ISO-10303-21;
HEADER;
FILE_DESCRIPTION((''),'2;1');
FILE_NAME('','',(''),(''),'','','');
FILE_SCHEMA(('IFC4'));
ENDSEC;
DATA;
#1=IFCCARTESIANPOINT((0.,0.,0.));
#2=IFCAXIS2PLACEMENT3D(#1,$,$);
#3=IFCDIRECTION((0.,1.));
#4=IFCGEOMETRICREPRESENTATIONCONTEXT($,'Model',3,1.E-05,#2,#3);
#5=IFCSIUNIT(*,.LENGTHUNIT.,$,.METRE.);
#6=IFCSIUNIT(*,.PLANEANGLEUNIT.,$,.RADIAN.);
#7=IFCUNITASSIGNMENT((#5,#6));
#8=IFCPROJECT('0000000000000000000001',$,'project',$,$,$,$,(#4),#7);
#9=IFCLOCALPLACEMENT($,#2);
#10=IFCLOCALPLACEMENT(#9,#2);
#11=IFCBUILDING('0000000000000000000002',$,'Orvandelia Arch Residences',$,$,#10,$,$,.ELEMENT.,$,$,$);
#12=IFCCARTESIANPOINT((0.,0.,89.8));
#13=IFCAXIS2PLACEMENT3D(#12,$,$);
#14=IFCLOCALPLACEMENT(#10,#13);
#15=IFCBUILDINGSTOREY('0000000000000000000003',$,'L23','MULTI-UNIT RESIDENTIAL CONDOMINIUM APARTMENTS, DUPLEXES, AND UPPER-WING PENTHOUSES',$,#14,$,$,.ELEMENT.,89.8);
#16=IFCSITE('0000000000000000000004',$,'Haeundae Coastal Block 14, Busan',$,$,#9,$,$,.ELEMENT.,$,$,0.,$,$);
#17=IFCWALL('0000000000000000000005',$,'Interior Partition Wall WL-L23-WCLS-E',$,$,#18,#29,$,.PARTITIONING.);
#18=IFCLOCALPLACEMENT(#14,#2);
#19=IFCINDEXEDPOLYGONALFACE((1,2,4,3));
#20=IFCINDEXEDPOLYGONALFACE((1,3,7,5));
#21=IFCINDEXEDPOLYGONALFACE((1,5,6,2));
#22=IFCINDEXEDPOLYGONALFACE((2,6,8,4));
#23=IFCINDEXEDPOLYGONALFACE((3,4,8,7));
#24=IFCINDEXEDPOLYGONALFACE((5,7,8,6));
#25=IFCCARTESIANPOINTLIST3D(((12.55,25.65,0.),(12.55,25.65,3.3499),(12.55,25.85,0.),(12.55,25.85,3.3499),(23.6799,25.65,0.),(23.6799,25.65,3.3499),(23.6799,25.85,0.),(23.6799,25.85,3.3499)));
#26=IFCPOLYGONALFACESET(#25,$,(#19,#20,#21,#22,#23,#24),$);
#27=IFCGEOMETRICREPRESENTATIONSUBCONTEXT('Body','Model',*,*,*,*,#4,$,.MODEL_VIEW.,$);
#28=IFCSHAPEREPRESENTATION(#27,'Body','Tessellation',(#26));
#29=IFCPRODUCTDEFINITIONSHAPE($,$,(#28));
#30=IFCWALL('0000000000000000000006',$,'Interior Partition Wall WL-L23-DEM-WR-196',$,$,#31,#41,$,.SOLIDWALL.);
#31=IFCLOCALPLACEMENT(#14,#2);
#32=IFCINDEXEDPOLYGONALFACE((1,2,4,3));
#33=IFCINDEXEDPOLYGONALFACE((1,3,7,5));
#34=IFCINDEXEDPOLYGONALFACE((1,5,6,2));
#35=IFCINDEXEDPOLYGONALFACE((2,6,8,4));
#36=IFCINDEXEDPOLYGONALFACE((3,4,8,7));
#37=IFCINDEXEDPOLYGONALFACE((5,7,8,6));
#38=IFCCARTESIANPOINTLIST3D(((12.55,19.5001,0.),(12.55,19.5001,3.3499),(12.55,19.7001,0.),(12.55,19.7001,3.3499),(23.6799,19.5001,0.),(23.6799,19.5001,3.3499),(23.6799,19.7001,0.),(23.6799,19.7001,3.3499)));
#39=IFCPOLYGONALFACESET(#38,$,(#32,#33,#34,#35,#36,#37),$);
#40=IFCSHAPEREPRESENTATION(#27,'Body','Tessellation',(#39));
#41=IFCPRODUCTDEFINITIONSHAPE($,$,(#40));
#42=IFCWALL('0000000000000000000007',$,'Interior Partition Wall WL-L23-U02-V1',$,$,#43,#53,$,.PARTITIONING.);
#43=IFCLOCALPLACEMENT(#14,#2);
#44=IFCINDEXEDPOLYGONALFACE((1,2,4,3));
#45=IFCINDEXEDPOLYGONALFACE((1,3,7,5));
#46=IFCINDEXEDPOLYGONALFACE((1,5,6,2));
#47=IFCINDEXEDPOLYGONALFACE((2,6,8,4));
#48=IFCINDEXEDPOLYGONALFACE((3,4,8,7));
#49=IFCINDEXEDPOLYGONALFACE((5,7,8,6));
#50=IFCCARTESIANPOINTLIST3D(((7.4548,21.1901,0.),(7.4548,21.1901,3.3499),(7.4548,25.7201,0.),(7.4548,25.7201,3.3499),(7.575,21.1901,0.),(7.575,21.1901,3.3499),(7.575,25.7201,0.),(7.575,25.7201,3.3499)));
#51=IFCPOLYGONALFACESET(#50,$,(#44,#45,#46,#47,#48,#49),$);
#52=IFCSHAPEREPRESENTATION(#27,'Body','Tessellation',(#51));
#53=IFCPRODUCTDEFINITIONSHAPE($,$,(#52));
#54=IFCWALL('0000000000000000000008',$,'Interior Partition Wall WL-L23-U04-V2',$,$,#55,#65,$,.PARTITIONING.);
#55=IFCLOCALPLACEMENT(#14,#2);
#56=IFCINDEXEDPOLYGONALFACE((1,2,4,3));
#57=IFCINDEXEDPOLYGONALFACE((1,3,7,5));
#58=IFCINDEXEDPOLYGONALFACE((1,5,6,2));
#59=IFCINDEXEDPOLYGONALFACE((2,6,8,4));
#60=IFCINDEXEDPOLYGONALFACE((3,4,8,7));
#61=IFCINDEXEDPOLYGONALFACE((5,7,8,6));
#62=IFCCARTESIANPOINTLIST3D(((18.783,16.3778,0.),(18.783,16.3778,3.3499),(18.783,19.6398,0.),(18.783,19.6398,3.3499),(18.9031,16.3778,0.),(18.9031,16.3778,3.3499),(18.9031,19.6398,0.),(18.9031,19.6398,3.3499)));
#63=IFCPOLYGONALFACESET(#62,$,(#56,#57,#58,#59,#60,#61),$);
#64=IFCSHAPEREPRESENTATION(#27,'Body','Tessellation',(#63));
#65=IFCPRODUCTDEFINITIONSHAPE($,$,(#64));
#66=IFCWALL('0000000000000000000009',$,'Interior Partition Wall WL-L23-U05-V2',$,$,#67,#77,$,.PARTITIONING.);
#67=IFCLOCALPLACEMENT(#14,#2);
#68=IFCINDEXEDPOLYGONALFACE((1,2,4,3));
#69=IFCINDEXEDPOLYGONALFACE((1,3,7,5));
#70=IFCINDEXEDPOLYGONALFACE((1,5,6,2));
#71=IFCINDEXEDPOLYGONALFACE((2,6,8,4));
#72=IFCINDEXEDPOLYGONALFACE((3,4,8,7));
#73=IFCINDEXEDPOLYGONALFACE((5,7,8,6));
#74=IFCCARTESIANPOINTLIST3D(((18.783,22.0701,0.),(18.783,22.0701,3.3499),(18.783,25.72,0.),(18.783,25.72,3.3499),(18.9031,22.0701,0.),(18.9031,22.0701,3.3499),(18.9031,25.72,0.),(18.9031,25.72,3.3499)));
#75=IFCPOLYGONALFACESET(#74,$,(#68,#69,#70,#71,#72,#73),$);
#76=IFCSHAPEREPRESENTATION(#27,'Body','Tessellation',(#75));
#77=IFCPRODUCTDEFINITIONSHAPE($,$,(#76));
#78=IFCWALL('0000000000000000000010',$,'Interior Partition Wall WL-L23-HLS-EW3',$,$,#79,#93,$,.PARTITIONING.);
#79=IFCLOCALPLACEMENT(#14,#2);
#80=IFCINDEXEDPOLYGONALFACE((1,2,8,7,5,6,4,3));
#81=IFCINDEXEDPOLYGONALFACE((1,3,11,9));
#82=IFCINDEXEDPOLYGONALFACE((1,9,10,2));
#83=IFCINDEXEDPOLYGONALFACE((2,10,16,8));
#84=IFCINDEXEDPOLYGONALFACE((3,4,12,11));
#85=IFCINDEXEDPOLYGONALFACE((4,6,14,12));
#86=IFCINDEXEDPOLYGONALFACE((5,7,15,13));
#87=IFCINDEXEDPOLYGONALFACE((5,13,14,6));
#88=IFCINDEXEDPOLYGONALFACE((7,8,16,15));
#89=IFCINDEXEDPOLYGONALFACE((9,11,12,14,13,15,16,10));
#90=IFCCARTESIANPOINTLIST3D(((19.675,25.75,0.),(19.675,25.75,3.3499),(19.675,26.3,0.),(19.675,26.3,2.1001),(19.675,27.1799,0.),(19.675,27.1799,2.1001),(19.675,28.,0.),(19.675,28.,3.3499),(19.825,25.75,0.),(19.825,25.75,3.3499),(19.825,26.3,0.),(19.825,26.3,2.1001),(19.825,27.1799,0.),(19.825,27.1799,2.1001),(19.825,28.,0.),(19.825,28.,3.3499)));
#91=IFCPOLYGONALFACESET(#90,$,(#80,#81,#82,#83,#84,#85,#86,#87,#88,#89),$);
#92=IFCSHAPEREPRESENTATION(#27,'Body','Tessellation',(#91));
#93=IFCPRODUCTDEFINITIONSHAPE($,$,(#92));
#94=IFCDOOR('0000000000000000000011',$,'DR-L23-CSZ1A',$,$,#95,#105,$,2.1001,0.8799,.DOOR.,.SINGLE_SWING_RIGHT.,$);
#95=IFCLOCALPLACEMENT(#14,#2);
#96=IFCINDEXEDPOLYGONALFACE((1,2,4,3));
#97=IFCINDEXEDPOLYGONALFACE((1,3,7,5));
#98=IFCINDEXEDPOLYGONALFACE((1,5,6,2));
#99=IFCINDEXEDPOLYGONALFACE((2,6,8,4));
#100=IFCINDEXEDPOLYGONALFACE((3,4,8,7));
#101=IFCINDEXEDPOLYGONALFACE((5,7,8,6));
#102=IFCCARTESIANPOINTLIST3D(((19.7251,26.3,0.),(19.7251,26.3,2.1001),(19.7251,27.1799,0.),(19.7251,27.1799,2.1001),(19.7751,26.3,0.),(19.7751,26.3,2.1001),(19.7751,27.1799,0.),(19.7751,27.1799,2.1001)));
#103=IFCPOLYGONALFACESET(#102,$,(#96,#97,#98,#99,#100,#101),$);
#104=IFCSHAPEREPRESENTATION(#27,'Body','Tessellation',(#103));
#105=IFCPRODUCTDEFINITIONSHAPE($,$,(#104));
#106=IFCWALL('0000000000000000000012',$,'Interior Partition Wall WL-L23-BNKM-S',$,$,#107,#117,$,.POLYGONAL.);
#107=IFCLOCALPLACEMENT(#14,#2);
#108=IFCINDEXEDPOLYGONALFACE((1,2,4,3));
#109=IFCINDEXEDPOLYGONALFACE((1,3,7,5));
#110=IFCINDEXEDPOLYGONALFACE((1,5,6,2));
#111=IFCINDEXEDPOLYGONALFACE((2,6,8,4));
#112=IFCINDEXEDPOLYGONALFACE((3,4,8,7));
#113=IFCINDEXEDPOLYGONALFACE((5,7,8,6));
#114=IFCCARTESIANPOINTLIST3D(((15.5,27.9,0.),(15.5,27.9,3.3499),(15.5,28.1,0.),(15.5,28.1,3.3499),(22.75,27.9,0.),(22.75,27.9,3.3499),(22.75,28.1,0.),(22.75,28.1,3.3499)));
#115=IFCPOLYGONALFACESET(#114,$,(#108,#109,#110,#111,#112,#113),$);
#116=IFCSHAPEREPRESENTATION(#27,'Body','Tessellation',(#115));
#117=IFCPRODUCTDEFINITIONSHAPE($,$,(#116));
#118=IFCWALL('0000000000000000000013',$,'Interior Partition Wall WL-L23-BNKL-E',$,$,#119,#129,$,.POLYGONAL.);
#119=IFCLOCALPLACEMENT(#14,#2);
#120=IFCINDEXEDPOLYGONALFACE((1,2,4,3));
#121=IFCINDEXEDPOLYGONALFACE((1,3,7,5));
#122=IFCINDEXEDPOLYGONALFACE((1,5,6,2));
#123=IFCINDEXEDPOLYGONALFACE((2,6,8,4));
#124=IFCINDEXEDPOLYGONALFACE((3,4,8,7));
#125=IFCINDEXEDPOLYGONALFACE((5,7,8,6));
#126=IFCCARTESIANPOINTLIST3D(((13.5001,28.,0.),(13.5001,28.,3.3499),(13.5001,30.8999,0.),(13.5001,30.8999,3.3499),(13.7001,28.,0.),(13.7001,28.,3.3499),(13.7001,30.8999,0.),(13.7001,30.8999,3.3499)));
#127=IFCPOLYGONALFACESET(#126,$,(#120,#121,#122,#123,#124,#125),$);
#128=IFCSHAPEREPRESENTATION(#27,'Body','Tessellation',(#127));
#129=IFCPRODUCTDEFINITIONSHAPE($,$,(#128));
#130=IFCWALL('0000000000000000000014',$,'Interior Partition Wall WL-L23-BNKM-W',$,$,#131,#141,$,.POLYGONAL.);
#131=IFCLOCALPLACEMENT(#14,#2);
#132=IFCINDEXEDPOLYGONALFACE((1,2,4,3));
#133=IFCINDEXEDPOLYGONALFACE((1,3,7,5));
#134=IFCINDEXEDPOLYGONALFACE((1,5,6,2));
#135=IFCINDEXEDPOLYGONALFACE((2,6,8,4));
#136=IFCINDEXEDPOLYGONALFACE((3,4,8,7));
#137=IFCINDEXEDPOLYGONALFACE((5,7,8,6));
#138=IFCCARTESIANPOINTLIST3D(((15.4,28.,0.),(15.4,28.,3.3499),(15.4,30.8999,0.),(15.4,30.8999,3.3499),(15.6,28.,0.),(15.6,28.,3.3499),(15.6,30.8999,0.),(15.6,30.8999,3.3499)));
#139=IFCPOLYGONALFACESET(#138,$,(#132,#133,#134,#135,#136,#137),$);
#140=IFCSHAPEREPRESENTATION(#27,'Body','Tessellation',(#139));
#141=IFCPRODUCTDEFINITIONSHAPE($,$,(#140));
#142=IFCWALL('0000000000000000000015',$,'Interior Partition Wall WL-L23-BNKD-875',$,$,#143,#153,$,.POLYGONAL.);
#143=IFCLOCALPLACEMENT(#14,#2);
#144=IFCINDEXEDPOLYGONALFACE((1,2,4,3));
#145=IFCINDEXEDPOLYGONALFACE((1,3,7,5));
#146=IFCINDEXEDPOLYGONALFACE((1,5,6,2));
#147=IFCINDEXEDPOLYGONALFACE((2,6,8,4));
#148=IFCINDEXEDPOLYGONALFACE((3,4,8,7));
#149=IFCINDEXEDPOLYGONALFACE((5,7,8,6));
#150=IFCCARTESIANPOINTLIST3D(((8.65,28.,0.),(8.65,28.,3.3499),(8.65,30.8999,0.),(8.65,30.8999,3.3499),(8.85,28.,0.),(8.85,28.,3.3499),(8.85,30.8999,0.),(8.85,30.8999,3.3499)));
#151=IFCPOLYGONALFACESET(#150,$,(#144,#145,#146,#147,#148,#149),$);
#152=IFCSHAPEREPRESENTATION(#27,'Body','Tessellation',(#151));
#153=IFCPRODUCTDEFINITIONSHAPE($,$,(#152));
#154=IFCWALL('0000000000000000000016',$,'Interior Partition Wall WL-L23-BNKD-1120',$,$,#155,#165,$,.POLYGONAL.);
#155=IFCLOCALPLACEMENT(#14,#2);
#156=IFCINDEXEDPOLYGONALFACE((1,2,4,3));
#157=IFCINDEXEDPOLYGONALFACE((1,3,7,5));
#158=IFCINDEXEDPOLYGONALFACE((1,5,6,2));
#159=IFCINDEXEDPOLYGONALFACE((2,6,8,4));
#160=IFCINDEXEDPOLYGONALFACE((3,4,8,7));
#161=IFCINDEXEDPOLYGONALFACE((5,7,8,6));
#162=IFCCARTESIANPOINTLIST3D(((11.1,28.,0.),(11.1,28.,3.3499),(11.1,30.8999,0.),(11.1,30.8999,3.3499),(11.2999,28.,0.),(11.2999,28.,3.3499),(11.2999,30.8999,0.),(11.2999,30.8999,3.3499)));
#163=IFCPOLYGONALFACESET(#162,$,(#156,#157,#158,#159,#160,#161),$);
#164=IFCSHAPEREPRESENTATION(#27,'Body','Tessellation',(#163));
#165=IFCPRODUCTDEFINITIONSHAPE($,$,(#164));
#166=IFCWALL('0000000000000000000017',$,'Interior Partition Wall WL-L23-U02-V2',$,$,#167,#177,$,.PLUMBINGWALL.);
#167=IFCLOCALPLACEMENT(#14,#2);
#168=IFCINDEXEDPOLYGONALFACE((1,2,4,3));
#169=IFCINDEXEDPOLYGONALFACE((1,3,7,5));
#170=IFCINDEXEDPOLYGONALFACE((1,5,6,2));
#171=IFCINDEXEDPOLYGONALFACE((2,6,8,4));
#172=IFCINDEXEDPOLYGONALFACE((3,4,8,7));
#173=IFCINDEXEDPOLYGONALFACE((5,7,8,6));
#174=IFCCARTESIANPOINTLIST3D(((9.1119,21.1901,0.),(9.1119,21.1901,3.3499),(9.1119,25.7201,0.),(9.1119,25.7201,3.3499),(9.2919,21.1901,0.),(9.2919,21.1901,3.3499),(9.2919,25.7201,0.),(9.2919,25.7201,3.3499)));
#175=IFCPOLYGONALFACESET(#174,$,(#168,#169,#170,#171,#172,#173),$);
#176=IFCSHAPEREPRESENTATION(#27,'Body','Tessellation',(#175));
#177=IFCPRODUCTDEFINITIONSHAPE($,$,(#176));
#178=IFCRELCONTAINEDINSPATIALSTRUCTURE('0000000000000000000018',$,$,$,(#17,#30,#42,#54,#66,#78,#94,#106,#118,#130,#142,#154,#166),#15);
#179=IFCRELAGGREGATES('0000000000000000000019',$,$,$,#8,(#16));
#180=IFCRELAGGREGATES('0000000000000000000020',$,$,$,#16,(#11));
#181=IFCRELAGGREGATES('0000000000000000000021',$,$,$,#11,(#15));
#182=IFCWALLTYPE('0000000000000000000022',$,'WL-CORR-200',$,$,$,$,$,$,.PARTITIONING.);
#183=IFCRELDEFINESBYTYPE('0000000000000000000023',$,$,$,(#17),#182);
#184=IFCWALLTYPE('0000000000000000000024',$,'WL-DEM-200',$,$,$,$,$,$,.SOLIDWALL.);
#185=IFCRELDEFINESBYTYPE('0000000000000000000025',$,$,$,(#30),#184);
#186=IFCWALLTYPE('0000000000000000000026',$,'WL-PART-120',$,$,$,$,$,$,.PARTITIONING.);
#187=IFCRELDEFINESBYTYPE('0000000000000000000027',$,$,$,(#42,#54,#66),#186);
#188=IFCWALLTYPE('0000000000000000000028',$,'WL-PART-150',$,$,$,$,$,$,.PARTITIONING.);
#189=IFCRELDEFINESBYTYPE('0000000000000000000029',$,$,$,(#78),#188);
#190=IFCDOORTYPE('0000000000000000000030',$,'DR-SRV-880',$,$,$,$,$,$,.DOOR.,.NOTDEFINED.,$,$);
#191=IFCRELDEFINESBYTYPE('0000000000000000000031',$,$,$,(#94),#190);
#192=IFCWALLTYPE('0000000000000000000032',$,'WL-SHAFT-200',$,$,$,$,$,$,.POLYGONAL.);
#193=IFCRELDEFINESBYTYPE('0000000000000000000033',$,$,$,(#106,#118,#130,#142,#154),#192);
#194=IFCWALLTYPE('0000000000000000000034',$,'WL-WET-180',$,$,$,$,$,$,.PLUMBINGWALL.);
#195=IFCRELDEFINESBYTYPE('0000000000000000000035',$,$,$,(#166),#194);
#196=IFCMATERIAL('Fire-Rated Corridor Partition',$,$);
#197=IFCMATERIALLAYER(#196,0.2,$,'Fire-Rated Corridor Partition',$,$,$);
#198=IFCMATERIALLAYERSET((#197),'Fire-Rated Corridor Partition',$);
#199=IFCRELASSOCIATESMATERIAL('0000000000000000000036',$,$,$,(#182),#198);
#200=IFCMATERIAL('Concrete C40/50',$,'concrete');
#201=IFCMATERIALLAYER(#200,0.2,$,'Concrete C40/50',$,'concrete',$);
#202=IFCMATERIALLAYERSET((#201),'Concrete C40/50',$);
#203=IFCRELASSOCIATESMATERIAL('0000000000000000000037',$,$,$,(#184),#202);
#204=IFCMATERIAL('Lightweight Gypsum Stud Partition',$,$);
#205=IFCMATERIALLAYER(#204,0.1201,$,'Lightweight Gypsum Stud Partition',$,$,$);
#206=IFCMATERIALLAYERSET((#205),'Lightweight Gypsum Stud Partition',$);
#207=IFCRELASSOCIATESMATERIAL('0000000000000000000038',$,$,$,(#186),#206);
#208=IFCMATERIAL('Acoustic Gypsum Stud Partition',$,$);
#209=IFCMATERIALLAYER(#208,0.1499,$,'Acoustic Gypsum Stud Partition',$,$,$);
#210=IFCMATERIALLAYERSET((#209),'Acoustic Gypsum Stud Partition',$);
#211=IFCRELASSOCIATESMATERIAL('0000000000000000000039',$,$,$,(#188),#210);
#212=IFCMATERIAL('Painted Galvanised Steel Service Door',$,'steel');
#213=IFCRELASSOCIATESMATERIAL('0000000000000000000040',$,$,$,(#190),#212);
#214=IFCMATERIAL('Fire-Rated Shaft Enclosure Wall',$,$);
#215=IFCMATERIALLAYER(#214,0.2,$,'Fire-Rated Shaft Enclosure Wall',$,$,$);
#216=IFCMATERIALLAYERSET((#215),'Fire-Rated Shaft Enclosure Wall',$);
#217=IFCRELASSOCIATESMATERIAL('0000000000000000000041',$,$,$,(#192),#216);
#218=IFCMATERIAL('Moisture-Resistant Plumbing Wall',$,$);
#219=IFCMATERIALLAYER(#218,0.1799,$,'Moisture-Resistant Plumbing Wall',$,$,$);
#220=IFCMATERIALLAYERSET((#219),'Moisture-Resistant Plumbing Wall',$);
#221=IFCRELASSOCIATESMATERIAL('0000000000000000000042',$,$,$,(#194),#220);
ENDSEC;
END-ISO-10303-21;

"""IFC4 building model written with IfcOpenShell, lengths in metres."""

from ifc_helpers import new_model, si_unit, direction, frame, frame_2d, origin, place, context, subcontext, project, spatial, rectangle, extrude, material, layer, layer_set, type_object, element, fill, save


model = new_model("IFC4")

# Units and contexts
model_context = context("Model", 3, precision=1e-05, world=origin(), true_north=direction((0.0, 1.0)))
body_context = subcontext(model_context, "Body", "Model", "MODEL_VIEW")
ifc_project = project(units=[si_unit("LENGTHUNIT", "METRE"), si_unit("PLANEANGLEUNIT", "RADIAN")], contexts=[model_context])

# Site, building, storey
site_placement = place(None, origin())
site = spatial("IfcSite", under=ifc_project, at=site_placement, Name="Haeundae Coastal Block 14, Busan", CompositionType="ELEMENT", RefElevation=0.0)
building_placement = place(site_placement, origin())
building = spatial("IfcBuilding", under=site, at=building_placement, Name="Orvandelia Arch Residences", CompositionType="ELEMENT")
storey_placement = place(building_placement, frame((0.0, 0.0, 89.8)))
storey = spatial("IfcBuildingStorey", under=building, at=storey_placement, Name="L23", Description="MULTI-UNIT RESIDENTIAL CONDOMINIUM APARTMENTS, DUPLEXES, AND UPPER-WING PENTHOUSES", CompositionType="ELEMENT", Elevation=89.8)

# Walls
ifc_material_1 = material(Name="Fire-Rated Corridor Partition")
ifc_layer_1 = layer(ifc_material_1, 0.2, Name="Fire-Rated Corridor Partition")
ifc_layer_set_1 = layer_set([ifc_layer_1], Name="Fire-Rated Corridor Partition")
wall_type_1 = type_object("IfcWallType", Name="WL-CORR-200", PredefinedType="PARTITIONING", material=ifc_layer_set_1)
wall_1_placement = place(storey_placement, frame((12.55, 25.75, 0.0), z_axis=(0.0, 0.0, 1.0), x_axis=(1.0, 0.0, 0.0)))
element("IfcWall", 1, at=wall_1_placement, inside=storey, type_object=wall_type_1, Name="Interior Partition Wall WL-L23-WCLS-E", PredefinedType="PARTITIONING", context=body_context, shape_type="SweptSolid", body=[
    extrude(rectangle(XDim=11.1299, YDim=0.2, at=frame_2d((5.5649, 0.0))), origin(), (0.0, 0.0, 1.0), 3.3499),
])
ifc_material_2 = material(Name="Concrete C40/50", Category="concrete")
ifc_layer_2 = layer(ifc_material_2, 0.2, Name="Concrete C40/50", Category="concrete")
ifc_layer_set_2 = layer_set([ifc_layer_2], Name="Concrete C40/50")
wall_type_2 = type_object("IfcWallType", Name="WL-DEM-200", PredefinedType="SOLIDWALL", material=ifc_layer_set_2)
wall_2_placement = place(storey_placement, frame((12.55, 19.6001, 0.0), z_axis=(0.0, 0.0, 1.0), x_axis=(1.0, 0.0, 0.0)))
element("IfcWall", 2, at=wall_2_placement, inside=storey, type_object=wall_type_2, Name="Interior Partition Wall WL-L23-DEM-WR-196", PredefinedType="SOLIDWALL", context=body_context, shape_type="SweptSolid", body=[
    extrude(rectangle(XDim=11.1299, YDim=0.2, at=frame_2d((5.5649, 0.0))), origin(), (0.0, 0.0, 1.0), 3.3499),
])
ifc_material_3 = material(Name="Lightweight Gypsum Stud Partition")
ifc_layer_3 = layer(ifc_material_3, 0.1201, Name="Lightweight Gypsum Stud Partition")
ifc_layer_set_3 = layer_set([ifc_layer_3], Name="Lightweight Gypsum Stud Partition")
wall_type_3 = type_object("IfcWallType", Name="WL-PART-120", PredefinedType="PARTITIONING", material=ifc_layer_set_3)
wall_3_placement = place(storey_placement, frame((7.5149, 21.1899, 0.0), z_axis=(0.0, 0.0, 1.0), x_axis=(0.0, 1.0, 0.0)))
element("IfcWall", 3, at=wall_3_placement, inside=storey, type_object=wall_type_3, Name="Interior Partition Wall WL-L23-U02-V1", PredefinedType="PARTITIONING", context=body_context, shape_type="SweptSolid", body=[
    extrude(rectangle(XDim=4.53, YDim=0.1201, at=frame_2d((2.2651, 0.0))), origin(), (0.0, 0.0, 1.0), 3.3499),
])
wall_4_placement = place(storey_placement, frame((18.843, 16.3779, 0.0), z_axis=(0.0, 0.0, 1.0), x_axis=(0.0, 1.0, 0.0)))
element("IfcWall", 4, at=wall_4_placement, inside=storey, type_object=wall_type_3, Name="Interior Partition Wall WL-L23-U04-V2", PredefinedType="PARTITIONING", context=body_context, shape_type="SweptSolid", body=[
    extrude(rectangle(XDim=3.262, YDim=0.1201, at=frame_2d((1.6309, 0.0))), origin(), (0.0, 0.0, 1.0), 3.3499),
])
wall_5_placement = place(storey_placement, frame((18.843, 22.0701, 0.0), z_axis=(0.0, 0.0, 1.0), x_axis=(0.0, 1.0, 0.0)))
element("IfcWall", 5, at=wall_5_placement, inside=storey, type_object=wall_type_3, Name="Interior Partition Wall WL-L23-U05-V2", PredefinedType="PARTITIONING", context=body_context, shape_type="SweptSolid", body=[
    extrude(rectangle(XDim=3.6499, YDim=0.1201, at=frame_2d((1.825, 0.0))), origin(), (0.0, 0.0, 1.0), 3.3499),
])

# Wall, opening, door
ifc_material_4 = material(Name="Acoustic Gypsum Stud Partition")
ifc_layer_4 = layer(ifc_material_4, 0.1499, Name="Acoustic Gypsum Stud Partition")
ifc_layer_set_4 = layer_set([ifc_layer_4], Name="Acoustic Gypsum Stud Partition")
wall_type_4 = type_object("IfcWallType", Name="WL-PART-150", PredefinedType="PARTITIONING", material=ifc_layer_set_4)
wall_6_placement = place(storey_placement, frame((19.75, 25.75, 0.0), z_axis=(0.0, 0.0, 1.0), x_axis=(0.0, 1.0, 0.0)))
wall_6 = element("IfcWall", 6, at=wall_6_placement, inside=storey, type_object=wall_type_4, Name="Interior Partition Wall WL-L23-HLS-EW3", PredefinedType="PARTITIONING", context=body_context, shape_type="SweptSolid", body=[
    extrude(rectangle(XDim=2.25, YDim=0.1499, at=frame_2d((1.125, 0.0))), origin(), (0.0, 0.0, 1.0), 3.3499),
])
opening_1_placement = place(wall_6_placement, frame((0.55, 0.0, 0.0)))
opening_1 = element("IfcOpeningElement", 7, at=opening_1_placement, cuts=wall_6, PredefinedType="OPENING", context=body_context, shape_type="SweptSolid", body=[
    extrude(rectangle(XDim=0.8799, YDim=2.1001, at=frame_2d((0.4399, 1.05))), frame((0.0, 0.085, 0.0), z_axis=(0.0, -1.0, 0.0), x_axis=(1.0, 0.0, 0.0)), (0.0, 0.0, 1.0), 0.1699),
])
ifc_material_5 = material(Name="Painted Galvanised Steel Service Door", Category="steel")
door_type_1 = type_object("IfcDoorType", Name="DR-SRV-880", OperationType="NOTDEFINED", PredefinedType="DOOR", material=ifc_material_5)
door_1_placement = place(opening_1_placement, origin())
door_1 = element("IfcDoor", 8, at=door_1_placement, inside=storey, type_object=door_type_1, Name="DR-L23-CSZ1A", OperationType="SINGLE_SWING_RIGHT", OverallHeight=2.1001, OverallWidth=0.8799, PredefinedType="DOOR", context=body_context, shape_type="SweptSolid", body=[
    extrude(rectangle(XDim=0.8799, YDim=2.1001, at=frame_2d((0.4399, 1.05))), frame((0.0, 0.0249, 0.0), z_axis=(0.0, -1.0, 0.0), x_axis=(1.0, 0.0, 0.0)), (0.0, 0.0, 1.0), 0.05),
])
fill(opening_1, door_1)

# Shared definitions
ifc_material_6 = material(Name="Fire-Rated Shaft Enclosure Wall")
ifc_layer_5 = layer(ifc_material_6, 0.2, Name="Fire-Rated Shaft Enclosure Wall")
ifc_layer_set_5 = layer_set([ifc_layer_5], Name="Fire-Rated Shaft Enclosure Wall")
wall_type_5 = type_object("IfcWallType", Name="WL-SHAFT-200", PredefinedType="POLYGONAL", material=ifc_layer_set_5)

# Walls
wall_7_placement = place(storey_placement, frame((15.5, 28.0, 0.0), z_axis=(0.0, 0.0, 1.0), x_axis=(1.0, 0.0, 0.0)))
element("IfcWall", 9, at=wall_7_placement, inside=storey, type_object=wall_type_5, Name="Interior Partition Wall WL-L23-BNKM-S", PredefinedType="POLYGONAL", context=body_context, shape_type="SweptSolid", body=[
    extrude(rectangle(XDim=7.25, YDim=0.2, at=frame_2d((3.625, 0.0))), origin(), (0.0, 0.0, 1.0), 3.3499),
])
for number, where, z_axis, x_axis, name in (
    (10, (13.6001, 28.0, 0.0), (0.0, 0.0, 1.0), (0.0, 1.0, 0.0), "Interior Partition Wall WL-L23-BNKL-E"),
    (11, (15.5, 28.0, 0.0), (0.0, 0.0, 1.0), (0.0, 1.0, 0.0), "Interior Partition Wall WL-L23-BNKM-W"),
    (12, (8.75, 28.0, 0.0), (0.0, 0.0, 1.0), (0.0, 1.0, 0.0), "Interior Partition Wall WL-L23-BNKD-875"),
    (13, (11.2, 28.0, 0.0), (0.0, 0.0, 1.0), (0.0, 1.0, 0.0), "Interior Partition Wall WL-L23-BNKD-1120"),
):
    element("IfcWall", number, at=place(storey_placement, frame(where, z_axis=z_axis, x_axis=x_axis)), inside=storey, type_object=wall_type_5, Name=name, PredefinedType="POLYGONAL", context=body_context, shape_type="SweptSolid", body=[
        extrude(rectangle(XDim=2.8999, YDim=0.2, at=frame_2d((1.45, 0.0))), origin(), (0.0, 0.0, 1.0), 3.3499),
    ])
ifc_material_7 = material(Name="Moisture-Resistant Plumbing Wall")
ifc_layer_6 = layer(ifc_material_7, 0.1799, Name="Moisture-Resistant Plumbing Wall")
ifc_layer_set_6 = layer_set([ifc_layer_6], Name="Moisture-Resistant Plumbing Wall")
wall_type_6 = type_object("IfcWallType", Name="WL-WET-180", PredefinedType="PLUMBINGWALL", material=ifc_layer_set_6)
wall_8_placement = place(storey_placement, frame((9.2019, 21.1899, 0.0), z_axis=(0.0, 0.0, 1.0), x_axis=(0.0, 1.0, 0.0)))
element("IfcWall", 14, at=wall_8_placement, inside=storey, type_object=wall_type_6, Name="Interior Partition Wall WL-L23-U02-V2", PredefinedType="PLUMBINGWALL", context=body_context, shape_type="SweptSolid", body=[
    extrude(rectangle(XDim=4.53, YDim=0.1799, at=frame_2d((2.2651, 0.0))), origin(), (0.0, 0.0, 1.0), 3.3499),
])

save(model, "model.ifc")
